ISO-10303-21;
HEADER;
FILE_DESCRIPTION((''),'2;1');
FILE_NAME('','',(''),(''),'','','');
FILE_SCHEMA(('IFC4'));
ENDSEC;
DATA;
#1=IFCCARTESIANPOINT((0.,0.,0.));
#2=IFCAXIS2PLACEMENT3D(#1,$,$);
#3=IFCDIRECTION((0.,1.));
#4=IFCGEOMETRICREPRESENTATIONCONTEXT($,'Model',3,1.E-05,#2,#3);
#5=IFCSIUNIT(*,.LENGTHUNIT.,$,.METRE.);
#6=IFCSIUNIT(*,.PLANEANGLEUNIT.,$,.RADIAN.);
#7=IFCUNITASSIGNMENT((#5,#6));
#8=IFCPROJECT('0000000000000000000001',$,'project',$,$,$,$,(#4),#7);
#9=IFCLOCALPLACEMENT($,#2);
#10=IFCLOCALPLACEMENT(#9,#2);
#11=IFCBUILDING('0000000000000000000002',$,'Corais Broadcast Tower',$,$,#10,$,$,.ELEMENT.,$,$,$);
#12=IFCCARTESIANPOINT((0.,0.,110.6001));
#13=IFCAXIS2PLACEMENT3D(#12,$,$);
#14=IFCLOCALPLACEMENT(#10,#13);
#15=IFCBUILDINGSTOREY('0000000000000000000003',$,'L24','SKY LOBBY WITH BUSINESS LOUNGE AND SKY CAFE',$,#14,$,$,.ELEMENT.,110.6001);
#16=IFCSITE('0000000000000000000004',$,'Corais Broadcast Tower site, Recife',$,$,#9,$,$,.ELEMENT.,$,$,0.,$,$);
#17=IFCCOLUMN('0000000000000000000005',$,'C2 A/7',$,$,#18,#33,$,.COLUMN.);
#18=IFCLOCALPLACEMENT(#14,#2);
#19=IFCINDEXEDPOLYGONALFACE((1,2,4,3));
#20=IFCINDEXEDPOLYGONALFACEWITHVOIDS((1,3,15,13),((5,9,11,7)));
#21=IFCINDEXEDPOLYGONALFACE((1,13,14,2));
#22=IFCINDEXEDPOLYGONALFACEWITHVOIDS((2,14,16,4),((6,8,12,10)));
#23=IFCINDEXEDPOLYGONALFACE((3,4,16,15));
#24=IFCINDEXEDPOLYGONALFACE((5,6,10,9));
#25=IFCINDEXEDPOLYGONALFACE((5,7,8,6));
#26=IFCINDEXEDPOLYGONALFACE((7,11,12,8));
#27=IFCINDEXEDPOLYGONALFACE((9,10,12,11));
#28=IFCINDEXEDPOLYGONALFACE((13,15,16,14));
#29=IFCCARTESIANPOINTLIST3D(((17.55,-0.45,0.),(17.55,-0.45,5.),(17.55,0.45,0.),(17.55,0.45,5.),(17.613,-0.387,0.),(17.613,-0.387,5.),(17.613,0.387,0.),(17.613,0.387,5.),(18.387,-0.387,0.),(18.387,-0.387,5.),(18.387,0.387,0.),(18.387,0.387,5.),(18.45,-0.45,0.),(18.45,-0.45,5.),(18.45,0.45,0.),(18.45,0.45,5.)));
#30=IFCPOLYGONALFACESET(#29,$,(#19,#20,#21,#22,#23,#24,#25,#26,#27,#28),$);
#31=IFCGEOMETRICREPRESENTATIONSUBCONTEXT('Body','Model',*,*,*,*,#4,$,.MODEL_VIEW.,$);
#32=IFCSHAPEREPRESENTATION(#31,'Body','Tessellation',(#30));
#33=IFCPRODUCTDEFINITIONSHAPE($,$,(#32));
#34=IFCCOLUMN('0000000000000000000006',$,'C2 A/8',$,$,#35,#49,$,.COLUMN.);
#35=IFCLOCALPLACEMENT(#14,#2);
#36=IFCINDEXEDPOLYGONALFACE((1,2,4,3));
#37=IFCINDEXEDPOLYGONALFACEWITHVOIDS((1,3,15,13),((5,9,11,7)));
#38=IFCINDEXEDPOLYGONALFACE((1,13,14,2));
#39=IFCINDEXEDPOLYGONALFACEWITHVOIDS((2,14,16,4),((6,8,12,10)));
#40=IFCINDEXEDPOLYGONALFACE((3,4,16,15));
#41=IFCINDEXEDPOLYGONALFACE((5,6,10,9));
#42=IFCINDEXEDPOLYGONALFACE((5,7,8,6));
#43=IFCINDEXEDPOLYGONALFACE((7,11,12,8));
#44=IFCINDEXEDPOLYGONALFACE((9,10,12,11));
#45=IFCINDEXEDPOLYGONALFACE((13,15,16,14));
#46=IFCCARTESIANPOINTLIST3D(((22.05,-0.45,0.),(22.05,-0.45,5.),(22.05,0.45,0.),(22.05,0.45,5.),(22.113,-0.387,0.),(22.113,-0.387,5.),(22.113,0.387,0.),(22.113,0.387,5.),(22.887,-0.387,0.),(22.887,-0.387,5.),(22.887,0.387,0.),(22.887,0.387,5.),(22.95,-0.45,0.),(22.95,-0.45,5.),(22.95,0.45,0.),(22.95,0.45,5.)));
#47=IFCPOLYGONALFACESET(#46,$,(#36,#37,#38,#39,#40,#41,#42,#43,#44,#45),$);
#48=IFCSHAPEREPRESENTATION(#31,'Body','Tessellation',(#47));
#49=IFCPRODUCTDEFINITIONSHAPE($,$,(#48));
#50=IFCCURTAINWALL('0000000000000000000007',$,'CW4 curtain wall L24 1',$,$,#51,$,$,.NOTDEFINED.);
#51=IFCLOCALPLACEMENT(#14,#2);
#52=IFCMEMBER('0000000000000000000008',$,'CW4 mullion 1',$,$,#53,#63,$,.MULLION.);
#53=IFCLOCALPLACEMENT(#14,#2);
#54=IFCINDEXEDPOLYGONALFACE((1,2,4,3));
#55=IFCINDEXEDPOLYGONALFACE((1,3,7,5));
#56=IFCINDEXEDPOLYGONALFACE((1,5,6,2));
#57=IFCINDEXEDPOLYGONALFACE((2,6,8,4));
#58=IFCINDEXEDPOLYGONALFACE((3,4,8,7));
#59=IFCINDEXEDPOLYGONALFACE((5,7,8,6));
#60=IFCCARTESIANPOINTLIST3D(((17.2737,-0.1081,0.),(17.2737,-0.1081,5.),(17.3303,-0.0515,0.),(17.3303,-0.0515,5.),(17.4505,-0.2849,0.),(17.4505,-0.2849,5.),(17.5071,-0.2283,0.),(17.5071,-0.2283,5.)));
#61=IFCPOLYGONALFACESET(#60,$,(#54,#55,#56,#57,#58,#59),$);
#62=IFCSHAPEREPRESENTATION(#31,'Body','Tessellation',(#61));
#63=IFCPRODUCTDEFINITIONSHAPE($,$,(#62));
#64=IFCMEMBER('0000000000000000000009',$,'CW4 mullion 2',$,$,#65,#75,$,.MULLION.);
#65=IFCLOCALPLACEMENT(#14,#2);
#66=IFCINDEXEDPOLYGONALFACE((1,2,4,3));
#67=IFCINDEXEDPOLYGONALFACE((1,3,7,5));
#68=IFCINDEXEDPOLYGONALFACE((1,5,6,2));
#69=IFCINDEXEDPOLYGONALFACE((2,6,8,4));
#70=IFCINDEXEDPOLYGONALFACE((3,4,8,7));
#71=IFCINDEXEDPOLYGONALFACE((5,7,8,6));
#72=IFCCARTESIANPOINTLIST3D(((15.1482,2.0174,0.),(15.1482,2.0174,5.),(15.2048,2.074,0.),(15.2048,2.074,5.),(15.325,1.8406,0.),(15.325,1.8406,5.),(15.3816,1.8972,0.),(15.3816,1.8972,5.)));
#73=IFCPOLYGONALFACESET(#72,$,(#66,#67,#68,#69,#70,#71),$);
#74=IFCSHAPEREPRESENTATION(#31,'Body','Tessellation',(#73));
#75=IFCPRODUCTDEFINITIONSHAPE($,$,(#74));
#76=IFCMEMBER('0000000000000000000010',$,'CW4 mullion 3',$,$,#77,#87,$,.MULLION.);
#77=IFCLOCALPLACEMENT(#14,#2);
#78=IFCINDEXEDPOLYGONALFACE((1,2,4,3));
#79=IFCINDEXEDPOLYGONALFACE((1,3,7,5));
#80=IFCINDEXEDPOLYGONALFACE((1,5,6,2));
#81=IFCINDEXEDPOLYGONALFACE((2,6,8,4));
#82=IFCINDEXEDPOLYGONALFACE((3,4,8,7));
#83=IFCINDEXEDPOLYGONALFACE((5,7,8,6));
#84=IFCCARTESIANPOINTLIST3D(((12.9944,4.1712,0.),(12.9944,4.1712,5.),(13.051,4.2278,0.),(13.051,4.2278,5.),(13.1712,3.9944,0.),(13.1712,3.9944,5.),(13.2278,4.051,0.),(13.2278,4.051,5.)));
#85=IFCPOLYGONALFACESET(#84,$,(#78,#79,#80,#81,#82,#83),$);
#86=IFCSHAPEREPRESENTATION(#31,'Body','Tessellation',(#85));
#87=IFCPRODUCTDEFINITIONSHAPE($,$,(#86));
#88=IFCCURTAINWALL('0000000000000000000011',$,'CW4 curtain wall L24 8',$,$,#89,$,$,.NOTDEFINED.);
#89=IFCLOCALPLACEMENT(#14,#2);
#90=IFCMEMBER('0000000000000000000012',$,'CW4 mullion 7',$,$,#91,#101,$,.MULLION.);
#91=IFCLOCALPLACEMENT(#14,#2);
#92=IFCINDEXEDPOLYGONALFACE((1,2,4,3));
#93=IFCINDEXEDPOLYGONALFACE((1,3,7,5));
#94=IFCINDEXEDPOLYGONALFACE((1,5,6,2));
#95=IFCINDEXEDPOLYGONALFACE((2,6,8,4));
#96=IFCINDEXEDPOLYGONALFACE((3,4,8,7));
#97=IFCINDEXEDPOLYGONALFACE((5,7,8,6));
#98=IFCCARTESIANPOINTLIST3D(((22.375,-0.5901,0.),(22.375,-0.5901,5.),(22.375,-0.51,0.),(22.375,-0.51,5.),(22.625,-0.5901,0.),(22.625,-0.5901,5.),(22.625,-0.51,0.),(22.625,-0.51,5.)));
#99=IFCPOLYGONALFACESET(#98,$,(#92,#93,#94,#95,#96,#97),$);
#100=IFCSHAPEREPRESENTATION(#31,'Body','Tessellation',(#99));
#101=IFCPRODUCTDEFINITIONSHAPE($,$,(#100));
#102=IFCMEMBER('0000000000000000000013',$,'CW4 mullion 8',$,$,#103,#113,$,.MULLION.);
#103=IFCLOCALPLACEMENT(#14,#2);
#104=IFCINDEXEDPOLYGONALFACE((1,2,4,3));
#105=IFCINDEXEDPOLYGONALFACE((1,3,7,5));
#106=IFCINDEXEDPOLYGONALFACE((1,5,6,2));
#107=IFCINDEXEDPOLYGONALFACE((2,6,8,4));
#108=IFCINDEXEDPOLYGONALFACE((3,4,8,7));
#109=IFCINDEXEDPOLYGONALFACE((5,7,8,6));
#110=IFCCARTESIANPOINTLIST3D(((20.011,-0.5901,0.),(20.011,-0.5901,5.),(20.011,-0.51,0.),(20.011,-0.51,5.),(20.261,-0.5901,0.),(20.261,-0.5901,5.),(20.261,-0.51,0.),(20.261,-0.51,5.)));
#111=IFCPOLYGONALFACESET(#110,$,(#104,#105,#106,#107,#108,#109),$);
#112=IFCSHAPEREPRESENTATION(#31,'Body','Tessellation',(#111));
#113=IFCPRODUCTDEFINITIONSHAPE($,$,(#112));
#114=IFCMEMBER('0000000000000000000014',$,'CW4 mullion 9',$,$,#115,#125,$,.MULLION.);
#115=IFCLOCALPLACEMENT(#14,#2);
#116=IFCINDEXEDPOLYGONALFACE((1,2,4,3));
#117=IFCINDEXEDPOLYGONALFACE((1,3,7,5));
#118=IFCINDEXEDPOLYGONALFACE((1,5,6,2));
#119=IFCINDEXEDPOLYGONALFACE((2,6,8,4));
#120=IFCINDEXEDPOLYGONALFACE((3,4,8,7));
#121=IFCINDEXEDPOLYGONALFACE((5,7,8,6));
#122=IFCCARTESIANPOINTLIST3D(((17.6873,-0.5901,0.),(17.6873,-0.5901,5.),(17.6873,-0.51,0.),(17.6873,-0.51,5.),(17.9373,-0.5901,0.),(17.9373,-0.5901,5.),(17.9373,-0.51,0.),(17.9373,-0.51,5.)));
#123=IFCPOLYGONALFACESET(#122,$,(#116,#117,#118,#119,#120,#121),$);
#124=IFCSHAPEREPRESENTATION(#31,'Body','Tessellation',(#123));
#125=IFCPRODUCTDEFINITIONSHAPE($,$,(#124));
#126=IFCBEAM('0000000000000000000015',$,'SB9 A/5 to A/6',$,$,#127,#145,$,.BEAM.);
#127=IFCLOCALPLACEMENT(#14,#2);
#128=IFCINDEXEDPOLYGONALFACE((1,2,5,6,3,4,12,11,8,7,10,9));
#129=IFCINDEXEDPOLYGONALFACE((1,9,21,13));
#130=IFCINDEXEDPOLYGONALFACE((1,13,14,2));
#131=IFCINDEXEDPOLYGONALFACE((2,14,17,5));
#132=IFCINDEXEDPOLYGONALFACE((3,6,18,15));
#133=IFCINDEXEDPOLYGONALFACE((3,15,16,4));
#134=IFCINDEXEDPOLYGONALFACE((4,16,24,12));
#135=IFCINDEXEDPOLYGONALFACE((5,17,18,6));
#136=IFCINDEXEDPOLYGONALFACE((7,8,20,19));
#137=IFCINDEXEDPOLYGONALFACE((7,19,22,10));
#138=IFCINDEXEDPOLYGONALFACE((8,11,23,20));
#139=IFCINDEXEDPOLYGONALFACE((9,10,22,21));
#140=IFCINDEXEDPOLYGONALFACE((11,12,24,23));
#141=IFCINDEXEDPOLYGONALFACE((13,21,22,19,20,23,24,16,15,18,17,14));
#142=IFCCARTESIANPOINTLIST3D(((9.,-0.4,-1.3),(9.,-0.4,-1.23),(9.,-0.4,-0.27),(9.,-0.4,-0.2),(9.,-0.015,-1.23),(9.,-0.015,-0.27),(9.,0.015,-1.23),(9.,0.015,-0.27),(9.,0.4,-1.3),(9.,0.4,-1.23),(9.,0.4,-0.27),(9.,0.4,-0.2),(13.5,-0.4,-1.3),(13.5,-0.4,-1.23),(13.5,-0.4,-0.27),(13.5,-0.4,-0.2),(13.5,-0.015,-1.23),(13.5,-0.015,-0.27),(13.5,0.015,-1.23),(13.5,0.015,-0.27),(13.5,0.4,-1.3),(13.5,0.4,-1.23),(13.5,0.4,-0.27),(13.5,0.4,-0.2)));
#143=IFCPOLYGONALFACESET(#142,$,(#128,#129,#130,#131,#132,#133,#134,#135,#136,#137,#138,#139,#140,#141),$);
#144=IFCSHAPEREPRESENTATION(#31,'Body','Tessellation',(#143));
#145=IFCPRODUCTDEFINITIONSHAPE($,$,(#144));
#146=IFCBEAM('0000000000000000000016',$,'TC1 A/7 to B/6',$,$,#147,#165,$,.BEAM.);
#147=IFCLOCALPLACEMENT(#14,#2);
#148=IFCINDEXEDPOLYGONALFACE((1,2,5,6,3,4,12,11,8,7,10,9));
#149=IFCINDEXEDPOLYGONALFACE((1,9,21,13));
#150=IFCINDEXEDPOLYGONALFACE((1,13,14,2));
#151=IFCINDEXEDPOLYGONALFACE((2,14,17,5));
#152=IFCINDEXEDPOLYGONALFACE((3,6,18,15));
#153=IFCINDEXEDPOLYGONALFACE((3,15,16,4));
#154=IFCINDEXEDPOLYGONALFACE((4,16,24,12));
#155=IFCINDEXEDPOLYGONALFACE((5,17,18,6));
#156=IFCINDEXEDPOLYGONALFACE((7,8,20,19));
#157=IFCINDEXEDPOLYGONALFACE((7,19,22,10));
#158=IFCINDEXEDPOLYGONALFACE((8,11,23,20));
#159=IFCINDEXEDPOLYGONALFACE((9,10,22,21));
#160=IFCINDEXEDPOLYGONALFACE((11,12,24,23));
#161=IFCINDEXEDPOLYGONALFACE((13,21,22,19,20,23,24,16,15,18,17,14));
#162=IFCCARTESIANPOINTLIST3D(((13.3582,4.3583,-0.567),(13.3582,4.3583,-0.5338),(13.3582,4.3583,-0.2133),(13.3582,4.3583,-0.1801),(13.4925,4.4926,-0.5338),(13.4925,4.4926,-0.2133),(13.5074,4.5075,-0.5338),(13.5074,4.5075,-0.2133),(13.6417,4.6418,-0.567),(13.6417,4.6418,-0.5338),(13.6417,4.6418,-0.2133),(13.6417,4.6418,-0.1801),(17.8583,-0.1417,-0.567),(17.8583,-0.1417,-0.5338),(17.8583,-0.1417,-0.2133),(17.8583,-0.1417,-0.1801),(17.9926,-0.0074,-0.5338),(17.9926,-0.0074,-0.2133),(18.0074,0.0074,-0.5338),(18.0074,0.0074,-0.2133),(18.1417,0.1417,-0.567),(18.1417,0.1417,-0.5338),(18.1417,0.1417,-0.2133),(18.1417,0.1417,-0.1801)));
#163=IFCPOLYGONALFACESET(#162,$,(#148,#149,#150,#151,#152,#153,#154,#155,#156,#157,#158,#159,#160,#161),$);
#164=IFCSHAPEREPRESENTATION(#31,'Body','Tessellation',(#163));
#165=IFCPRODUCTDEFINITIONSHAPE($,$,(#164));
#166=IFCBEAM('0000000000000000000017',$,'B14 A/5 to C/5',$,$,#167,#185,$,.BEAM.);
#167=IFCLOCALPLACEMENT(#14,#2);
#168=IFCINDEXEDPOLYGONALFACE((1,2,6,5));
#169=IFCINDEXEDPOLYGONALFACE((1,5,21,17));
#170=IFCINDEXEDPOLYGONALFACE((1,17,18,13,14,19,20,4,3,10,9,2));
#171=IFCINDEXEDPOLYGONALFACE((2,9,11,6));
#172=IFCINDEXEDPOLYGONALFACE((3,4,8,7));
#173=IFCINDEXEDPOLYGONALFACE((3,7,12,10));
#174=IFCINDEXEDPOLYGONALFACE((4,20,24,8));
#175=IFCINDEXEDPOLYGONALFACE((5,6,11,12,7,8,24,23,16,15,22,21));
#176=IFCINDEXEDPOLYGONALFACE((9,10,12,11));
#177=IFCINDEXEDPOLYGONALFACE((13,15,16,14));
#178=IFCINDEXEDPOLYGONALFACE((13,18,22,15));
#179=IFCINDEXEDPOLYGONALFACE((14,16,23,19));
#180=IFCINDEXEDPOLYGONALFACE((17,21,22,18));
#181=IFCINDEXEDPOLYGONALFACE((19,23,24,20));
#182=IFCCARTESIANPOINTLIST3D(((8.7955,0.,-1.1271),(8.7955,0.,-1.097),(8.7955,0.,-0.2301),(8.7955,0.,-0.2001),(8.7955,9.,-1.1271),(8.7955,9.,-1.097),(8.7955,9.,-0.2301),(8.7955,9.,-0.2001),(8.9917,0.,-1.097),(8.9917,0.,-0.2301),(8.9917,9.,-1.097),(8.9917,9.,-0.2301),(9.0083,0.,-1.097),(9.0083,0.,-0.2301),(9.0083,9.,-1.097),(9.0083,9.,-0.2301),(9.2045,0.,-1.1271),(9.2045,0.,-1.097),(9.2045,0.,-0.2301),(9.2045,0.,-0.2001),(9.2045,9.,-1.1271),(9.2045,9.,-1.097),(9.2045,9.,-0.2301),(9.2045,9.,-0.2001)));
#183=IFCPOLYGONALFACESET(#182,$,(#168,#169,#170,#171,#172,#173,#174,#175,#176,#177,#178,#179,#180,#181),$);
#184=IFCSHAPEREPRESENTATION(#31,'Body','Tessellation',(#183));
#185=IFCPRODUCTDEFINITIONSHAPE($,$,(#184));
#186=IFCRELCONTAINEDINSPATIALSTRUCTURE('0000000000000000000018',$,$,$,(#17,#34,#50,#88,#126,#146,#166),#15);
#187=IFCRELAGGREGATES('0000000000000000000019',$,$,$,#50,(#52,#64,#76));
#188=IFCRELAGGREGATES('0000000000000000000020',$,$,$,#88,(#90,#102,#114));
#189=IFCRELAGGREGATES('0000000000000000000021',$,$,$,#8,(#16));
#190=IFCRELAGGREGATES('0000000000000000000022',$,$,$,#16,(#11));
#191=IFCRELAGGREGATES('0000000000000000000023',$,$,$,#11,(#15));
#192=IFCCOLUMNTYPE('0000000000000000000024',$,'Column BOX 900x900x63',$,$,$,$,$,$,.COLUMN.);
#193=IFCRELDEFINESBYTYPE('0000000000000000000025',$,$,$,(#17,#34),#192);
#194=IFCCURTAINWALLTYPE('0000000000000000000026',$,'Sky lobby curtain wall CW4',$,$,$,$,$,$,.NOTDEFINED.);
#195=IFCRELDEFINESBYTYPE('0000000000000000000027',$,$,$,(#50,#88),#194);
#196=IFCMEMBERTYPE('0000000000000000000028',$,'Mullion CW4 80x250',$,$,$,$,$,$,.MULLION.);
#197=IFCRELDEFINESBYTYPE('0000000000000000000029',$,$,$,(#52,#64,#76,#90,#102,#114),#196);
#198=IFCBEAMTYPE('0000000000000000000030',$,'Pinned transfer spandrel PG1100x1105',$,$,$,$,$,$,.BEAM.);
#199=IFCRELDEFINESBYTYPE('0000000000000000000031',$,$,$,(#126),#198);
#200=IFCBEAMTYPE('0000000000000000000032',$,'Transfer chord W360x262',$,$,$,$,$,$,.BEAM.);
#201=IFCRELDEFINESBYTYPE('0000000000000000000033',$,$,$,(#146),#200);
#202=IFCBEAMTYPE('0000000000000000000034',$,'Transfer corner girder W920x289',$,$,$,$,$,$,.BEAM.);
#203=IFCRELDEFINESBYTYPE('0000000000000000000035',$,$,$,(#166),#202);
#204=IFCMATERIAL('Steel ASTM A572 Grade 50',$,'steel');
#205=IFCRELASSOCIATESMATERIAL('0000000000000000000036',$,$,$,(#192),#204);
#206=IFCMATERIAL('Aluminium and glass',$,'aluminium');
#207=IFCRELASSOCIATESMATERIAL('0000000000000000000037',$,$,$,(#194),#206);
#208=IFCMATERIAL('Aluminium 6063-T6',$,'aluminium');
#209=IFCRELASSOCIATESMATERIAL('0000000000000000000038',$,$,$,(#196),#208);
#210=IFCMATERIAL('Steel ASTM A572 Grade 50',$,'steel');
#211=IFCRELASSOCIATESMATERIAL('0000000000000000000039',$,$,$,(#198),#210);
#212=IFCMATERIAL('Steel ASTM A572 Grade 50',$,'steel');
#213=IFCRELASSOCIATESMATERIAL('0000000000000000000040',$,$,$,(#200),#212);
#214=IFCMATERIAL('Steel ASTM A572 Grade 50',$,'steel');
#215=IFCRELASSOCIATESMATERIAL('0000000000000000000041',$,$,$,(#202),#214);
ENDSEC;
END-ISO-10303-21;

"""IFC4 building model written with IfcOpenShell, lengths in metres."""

from ifc_helpers import new_model, si_unit, direction, frame, origin, origin_2d, place, context, subcontext, project, spatial, rectangle, hollow_rectangle, i_section, extrude, material, material_profile, profile_set, type_object, element, aggregate, save


model = new_model("IFC4")

# Units and contexts
model_context = context("Model", 3, precision=1e-05, world=origin(), true_north=direction((0.0, 1.0)))
body_context = subcontext(model_context, "Body", "Model", "MODEL_VIEW")
ifc_project = project(units=[si_unit("LENGTHUNIT", "METRE"), si_unit("PLANEANGLEUNIT", "RADIAN")], contexts=[model_context])

# Site, building, storey
site_placement = place(None, origin())
site = spatial("IfcSite", under=ifc_project, at=site_placement, Name="Corais Broadcast Tower site, Recife", CompositionType="ELEMENT", RefElevation=0.0)
building_placement = place(site_placement, origin())
building = spatial("IfcBuilding", under=site, at=building_placement, Name="Corais Broadcast Tower", CompositionType="ELEMENT")
storey_placement = place(building_placement, frame((0.0, 0.0, 110.6001)))
storey = spatial("IfcBuildingStorey", under=building, at=storey_placement, Name="L24", Description="SKY LOBBY WITH BUSINESS LOUNGE AND SKY CAFE", CompositionType="ELEMENT", Elevation=110.6001)

# Columns
ifc_material_1 = material(Name="Steel ASTM A572 Grade 50", Category="steel")
ifc_material_profile_1 = material_profile(ifc_material_1, hollow_rectangle(XDim=0.8999, YDim=0.8999, WallThickness=0.063, at=origin_2d()), Name="BOX 900x900x63")
ifc_profile_set_1 = profile_set([ifc_material_profile_1], Name="Steel ASTM A572 Grade 50")
column_type = type_object("IfcColumnType", Name="Column BOX 900x900x63", PredefinedType="COLUMN", material=ifc_profile_set_1)
for number, where, z_axis, x_axis, name in (
    (1, (18.0, 0.0, 0.0), (0.0, 0.0, 1.0), (1.0, 0.0, 0.0), "C2 A/7"),
    (2, (22.5, 0.0, 0.0), (0.0, 0.0, 1.0), (1.0, 0.0, 0.0), "C2 A/8"),
):
    element("IfcColumn", number, at=place(storey_placement, frame(where, z_axis=z_axis, x_axis=x_axis)), inside=storey, type_object=column_type, Name=name, PredefinedType="COLUMN", context=body_context, shape_type="SweptSolid", body=[
        extrude(hollow_rectangle(XDim=0.8999, YDim=0.8999, WallThickness=0.063, at=origin_2d()), origin(), (0.0, 0.0, 1.0), 5.0),
    ])

# Curtain walls, members
ifc_material_2 = material(Name="Aluminium and glass", Category="aluminium")
curtain_wall_type = type_object("IfcCurtainWallType", Name="Sky lobby curtain wall CW4", PredefinedType="NOTDEFINED", material=ifc_material_2)
curtain_wall_1_placement = place(storey_placement, origin())
curtain_wall_1 = element("IfcCurtainWall", 3, at=curtain_wall_1_placement, inside=storey, type_object=curtain_wall_type, Name="CW4 curtain wall L24 1", PredefinedType="NOTDEFINED")
ifc_material_3 = material(Name="Aluminium 6063-T6", Category="aluminium")
ifc_material_profile_2 = material_profile(ifc_material_3, rectangle(XDim=0.0801, YDim=0.25, at=origin_2d()), Name="Mullion CW4 80x250")
ifc_profile_set_2 = profile_set([ifc_material_profile_2], Name="Aluminium 6063-T6")
member_type_1 = type_object("IfcMemberType", Name="Mullion CW4 80x250", PredefinedType="MULLION", material=ifc_profile_set_2)
member_1_placement = place(storey_placement, frame((17.3904, -0.1682, 0.0), z_axis=(0.0, 0.0, 1.0), x_axis=(-0.707107, -0.707107, 0.0)))
member_1 = element("IfcMember", 4, at=member_1_placement, type_object=member_type_1, Name="CW4 mullion 1", PredefinedType="MULLION", context=body_context, shape_type="SweptSolid", body=[
    extrude(rectangle(XDim=0.0801, YDim=0.25, at=origin_2d()), origin(), (0.0, 0.0, 1.0), 5.0),
])
member_2_placement = place(storey_placement, frame((15.2649, 1.9573, 0.0), z_axis=(0.0, 0.0, 1.0), x_axis=(-0.707107, -0.707107, 0.0)))
member_2 = element("IfcMember", 5, at=member_2_placement, type_object=member_type_1, Name="CW4 mullion 2", PredefinedType="MULLION", context=body_context, shape_type="SweptSolid", body=[
    extrude(rectangle(XDim=0.0801, YDim=0.25, at=origin_2d()), origin(), (0.0, 0.0, 1.0), 5.0),
])
member_3_placement = place(storey_placement, frame((13.1111, 4.1111, 0.0), z_axis=(0.0, 0.0, 1.0), x_axis=(-0.707107, -0.707107, 0.0)))
member_3 = element("IfcMember", 6, at=member_3_placement, type_object=member_type_1, Name="CW4 mullion 3", PredefinedType="MULLION", context=body_context, shape_type="SweptSolid", body=[
    extrude(rectangle(XDim=0.0801, YDim=0.25, at=origin_2d()), origin(), (0.0, 0.0, 1.0), 5.0),
])
curtain_wall_2_placement = place(storey_placement, origin())
curtain_wall_2 = element("IfcCurtainWall", 7, at=curtain_wall_2_placement, inside=storey, type_object=curtain_wall_type, Name="CW4 curtain wall L24 8", PredefinedType="NOTDEFINED")
member_4_placement = place(storey_placement, frame((22.5, -0.55, 0.0), z_axis=(0.0, 0.0, 1.0), x_axis=(0.0, -1.0, 0.0)))
member_4 = element("IfcMember", 8, at=member_4_placement, type_object=member_type_1, Name="CW4 mullion 7", PredefinedType="MULLION", context=body_context, shape_type="SweptSolid", body=[
    extrude(rectangle(XDim=0.0801, YDim=0.25, at=origin_2d()), origin(), (0.0, 0.0, 1.0), 5.0),
])
member_5_placement = place(storey_placement, frame((20.136, -0.55, 0.0), z_axis=(0.0, 0.0, 1.0), x_axis=(0.0, -1.0, 0.0)))
member_5 = element("IfcMember", 9, at=member_5_placement, type_object=member_type_1, Name="CW4 mullion 8", PredefinedType="MULLION", context=body_context, shape_type="SweptSolid", body=[
    extrude(rectangle(XDim=0.0801, YDim=0.25, at=origin_2d()), origin(), (0.0, 0.0, 1.0), 5.0),
])
member_6_placement = place(storey_placement, frame((17.8123, -0.55, 0.0), z_axis=(0.0, 0.0, 1.0), x_axis=(0.0, -1.0, 0.0)))
member_6 = element("IfcMember", 10, at=member_6_placement, type_object=member_type_1, Name="CW4 mullion 9", PredefinedType="MULLION", context=body_context, shape_type="SweptSolid", body=[
    extrude(rectangle(XDim=0.0801, YDim=0.25, at=origin_2d()), origin(), (0.0, 0.0, 1.0), 5.0),
])

# Beams
ifc_material_4 = material(Name="Steel ASTM A572 Grade 50", Category="steel")
ifc_material_profile_3 = material_profile(ifc_material_4, i_section(OverallWidth=0.8, OverallDepth=1.1001, WebThickness=0.03, FlangeThickness=0.0701, at=origin_2d()), Name="PG1100x1105")
ifc_profile_set_3 = profile_set([ifc_material_profile_3], Name="Steel ASTM A572 Grade 50")
beam_type_1 = type_object("IfcBeamType", Name="Pinned transfer spandrel PG1100x1105", PredefinedType="BEAM", material=ifc_profile_set_3)
beam_1_placement = place(storey_placement, frame((9.0, 0.0, -0.75), z_axis=(1.0, 0.0, 0.0), x_axis=(0.0, 1.0, 0.0)))
element("IfcBeam", 11, at=beam_1_placement, inside=storey, type_object=beam_type_1, Name="SB9 A/5 to A/6", PredefinedType="BEAM", context=body_context, shape_type="SweptSolid", body=[
    extrude(i_section(OverallWidth=0.8, OverallDepth=1.1001, WebThickness=0.03, FlangeThickness=0.0701, at=origin_2d()), origin(), (0.0, 0.0, 1.0), 4.5),
])
ifc_material_5 = material(Name="Steel ASTM A572 Grade 50", Category="steel")
ifc_material_profile_4 = material_profile(ifc_material_5, i_section(OverallWidth=0.4009, OverallDepth=0.387, WebThickness=0.021, FlangeThickness=0.0332, at=origin_2d()), Name="W360x262")
ifc_profile_set_4 = profile_set([ifc_material_profile_4], Name="Steel ASTM A572 Grade 50")
beam_type_2 = type_object("IfcBeamType", Name="Transfer chord W360x262", PredefinedType="BEAM", material=ifc_profile_set_4)
beam_2_placement = place(storey_placement, frame((18.0, 0.0, -0.3735), z_axis=(-0.707107, 0.707107, 0.0), x_axis=(-0.707107, -0.707107, 0.0)))
element("IfcBeam", 12, at=beam_2_placement, inside=storey, type_object=beam_type_2, Name="TC1 A/7 to B/6", PredefinedType="BEAM", context=body_context, shape_type="SweptSolid", body=[
    extrude(i_section(OverallWidth=0.4009, OverallDepth=0.387, WebThickness=0.021, FlangeThickness=0.0332, at=origin_2d()), origin(), (0.0, 0.0, 1.0), 6.364),
])
ifc_material_6 = material(Name="Steel ASTM A572 Grade 50", Category="steel")
ifc_material_profile_5 = material_profile(ifc_material_6, i_section(OverallWidth=0.4089, OverallDepth=0.927, WebThickness=0.0166, FlangeThickness=0.03, at=origin_2d()), Name="W920x289")
ifc_profile_set_5 = profile_set([ifc_material_profile_5], Name="Steel ASTM A572 Grade 50")
beam_type_3 = type_object("IfcBeamType", Name="Transfer corner girder W920x289", PredefinedType="BEAM", material=ifc_profile_set_5)
beam_3_placement = place(storey_placement, frame((9.0, 0.0, -0.6636), z_axis=(0.0, 1.0, 0.0), x_axis=(-1.0, 0.0, 0.0)))
element("IfcBeam", 13, at=beam_3_placement, inside=storey, type_object=beam_type_3, Name="B14 A/5 to C/5", PredefinedType="BEAM", context=body_context, shape_type="SweptSolid", body=[
    extrude(i_section(OverallWidth=0.4089, OverallDepth=0.927, WebThickness=0.0166, FlangeThickness=0.03, at=origin_2d()), origin(), (0.0, 0.0, 1.0), 9.0),
])

aggregate(curtain_wall_1, [member_1, member_2, member_3])
aggregate(curtain_wall_2, [member_4, member_5, member_6])

save(model, "model.ifc")
